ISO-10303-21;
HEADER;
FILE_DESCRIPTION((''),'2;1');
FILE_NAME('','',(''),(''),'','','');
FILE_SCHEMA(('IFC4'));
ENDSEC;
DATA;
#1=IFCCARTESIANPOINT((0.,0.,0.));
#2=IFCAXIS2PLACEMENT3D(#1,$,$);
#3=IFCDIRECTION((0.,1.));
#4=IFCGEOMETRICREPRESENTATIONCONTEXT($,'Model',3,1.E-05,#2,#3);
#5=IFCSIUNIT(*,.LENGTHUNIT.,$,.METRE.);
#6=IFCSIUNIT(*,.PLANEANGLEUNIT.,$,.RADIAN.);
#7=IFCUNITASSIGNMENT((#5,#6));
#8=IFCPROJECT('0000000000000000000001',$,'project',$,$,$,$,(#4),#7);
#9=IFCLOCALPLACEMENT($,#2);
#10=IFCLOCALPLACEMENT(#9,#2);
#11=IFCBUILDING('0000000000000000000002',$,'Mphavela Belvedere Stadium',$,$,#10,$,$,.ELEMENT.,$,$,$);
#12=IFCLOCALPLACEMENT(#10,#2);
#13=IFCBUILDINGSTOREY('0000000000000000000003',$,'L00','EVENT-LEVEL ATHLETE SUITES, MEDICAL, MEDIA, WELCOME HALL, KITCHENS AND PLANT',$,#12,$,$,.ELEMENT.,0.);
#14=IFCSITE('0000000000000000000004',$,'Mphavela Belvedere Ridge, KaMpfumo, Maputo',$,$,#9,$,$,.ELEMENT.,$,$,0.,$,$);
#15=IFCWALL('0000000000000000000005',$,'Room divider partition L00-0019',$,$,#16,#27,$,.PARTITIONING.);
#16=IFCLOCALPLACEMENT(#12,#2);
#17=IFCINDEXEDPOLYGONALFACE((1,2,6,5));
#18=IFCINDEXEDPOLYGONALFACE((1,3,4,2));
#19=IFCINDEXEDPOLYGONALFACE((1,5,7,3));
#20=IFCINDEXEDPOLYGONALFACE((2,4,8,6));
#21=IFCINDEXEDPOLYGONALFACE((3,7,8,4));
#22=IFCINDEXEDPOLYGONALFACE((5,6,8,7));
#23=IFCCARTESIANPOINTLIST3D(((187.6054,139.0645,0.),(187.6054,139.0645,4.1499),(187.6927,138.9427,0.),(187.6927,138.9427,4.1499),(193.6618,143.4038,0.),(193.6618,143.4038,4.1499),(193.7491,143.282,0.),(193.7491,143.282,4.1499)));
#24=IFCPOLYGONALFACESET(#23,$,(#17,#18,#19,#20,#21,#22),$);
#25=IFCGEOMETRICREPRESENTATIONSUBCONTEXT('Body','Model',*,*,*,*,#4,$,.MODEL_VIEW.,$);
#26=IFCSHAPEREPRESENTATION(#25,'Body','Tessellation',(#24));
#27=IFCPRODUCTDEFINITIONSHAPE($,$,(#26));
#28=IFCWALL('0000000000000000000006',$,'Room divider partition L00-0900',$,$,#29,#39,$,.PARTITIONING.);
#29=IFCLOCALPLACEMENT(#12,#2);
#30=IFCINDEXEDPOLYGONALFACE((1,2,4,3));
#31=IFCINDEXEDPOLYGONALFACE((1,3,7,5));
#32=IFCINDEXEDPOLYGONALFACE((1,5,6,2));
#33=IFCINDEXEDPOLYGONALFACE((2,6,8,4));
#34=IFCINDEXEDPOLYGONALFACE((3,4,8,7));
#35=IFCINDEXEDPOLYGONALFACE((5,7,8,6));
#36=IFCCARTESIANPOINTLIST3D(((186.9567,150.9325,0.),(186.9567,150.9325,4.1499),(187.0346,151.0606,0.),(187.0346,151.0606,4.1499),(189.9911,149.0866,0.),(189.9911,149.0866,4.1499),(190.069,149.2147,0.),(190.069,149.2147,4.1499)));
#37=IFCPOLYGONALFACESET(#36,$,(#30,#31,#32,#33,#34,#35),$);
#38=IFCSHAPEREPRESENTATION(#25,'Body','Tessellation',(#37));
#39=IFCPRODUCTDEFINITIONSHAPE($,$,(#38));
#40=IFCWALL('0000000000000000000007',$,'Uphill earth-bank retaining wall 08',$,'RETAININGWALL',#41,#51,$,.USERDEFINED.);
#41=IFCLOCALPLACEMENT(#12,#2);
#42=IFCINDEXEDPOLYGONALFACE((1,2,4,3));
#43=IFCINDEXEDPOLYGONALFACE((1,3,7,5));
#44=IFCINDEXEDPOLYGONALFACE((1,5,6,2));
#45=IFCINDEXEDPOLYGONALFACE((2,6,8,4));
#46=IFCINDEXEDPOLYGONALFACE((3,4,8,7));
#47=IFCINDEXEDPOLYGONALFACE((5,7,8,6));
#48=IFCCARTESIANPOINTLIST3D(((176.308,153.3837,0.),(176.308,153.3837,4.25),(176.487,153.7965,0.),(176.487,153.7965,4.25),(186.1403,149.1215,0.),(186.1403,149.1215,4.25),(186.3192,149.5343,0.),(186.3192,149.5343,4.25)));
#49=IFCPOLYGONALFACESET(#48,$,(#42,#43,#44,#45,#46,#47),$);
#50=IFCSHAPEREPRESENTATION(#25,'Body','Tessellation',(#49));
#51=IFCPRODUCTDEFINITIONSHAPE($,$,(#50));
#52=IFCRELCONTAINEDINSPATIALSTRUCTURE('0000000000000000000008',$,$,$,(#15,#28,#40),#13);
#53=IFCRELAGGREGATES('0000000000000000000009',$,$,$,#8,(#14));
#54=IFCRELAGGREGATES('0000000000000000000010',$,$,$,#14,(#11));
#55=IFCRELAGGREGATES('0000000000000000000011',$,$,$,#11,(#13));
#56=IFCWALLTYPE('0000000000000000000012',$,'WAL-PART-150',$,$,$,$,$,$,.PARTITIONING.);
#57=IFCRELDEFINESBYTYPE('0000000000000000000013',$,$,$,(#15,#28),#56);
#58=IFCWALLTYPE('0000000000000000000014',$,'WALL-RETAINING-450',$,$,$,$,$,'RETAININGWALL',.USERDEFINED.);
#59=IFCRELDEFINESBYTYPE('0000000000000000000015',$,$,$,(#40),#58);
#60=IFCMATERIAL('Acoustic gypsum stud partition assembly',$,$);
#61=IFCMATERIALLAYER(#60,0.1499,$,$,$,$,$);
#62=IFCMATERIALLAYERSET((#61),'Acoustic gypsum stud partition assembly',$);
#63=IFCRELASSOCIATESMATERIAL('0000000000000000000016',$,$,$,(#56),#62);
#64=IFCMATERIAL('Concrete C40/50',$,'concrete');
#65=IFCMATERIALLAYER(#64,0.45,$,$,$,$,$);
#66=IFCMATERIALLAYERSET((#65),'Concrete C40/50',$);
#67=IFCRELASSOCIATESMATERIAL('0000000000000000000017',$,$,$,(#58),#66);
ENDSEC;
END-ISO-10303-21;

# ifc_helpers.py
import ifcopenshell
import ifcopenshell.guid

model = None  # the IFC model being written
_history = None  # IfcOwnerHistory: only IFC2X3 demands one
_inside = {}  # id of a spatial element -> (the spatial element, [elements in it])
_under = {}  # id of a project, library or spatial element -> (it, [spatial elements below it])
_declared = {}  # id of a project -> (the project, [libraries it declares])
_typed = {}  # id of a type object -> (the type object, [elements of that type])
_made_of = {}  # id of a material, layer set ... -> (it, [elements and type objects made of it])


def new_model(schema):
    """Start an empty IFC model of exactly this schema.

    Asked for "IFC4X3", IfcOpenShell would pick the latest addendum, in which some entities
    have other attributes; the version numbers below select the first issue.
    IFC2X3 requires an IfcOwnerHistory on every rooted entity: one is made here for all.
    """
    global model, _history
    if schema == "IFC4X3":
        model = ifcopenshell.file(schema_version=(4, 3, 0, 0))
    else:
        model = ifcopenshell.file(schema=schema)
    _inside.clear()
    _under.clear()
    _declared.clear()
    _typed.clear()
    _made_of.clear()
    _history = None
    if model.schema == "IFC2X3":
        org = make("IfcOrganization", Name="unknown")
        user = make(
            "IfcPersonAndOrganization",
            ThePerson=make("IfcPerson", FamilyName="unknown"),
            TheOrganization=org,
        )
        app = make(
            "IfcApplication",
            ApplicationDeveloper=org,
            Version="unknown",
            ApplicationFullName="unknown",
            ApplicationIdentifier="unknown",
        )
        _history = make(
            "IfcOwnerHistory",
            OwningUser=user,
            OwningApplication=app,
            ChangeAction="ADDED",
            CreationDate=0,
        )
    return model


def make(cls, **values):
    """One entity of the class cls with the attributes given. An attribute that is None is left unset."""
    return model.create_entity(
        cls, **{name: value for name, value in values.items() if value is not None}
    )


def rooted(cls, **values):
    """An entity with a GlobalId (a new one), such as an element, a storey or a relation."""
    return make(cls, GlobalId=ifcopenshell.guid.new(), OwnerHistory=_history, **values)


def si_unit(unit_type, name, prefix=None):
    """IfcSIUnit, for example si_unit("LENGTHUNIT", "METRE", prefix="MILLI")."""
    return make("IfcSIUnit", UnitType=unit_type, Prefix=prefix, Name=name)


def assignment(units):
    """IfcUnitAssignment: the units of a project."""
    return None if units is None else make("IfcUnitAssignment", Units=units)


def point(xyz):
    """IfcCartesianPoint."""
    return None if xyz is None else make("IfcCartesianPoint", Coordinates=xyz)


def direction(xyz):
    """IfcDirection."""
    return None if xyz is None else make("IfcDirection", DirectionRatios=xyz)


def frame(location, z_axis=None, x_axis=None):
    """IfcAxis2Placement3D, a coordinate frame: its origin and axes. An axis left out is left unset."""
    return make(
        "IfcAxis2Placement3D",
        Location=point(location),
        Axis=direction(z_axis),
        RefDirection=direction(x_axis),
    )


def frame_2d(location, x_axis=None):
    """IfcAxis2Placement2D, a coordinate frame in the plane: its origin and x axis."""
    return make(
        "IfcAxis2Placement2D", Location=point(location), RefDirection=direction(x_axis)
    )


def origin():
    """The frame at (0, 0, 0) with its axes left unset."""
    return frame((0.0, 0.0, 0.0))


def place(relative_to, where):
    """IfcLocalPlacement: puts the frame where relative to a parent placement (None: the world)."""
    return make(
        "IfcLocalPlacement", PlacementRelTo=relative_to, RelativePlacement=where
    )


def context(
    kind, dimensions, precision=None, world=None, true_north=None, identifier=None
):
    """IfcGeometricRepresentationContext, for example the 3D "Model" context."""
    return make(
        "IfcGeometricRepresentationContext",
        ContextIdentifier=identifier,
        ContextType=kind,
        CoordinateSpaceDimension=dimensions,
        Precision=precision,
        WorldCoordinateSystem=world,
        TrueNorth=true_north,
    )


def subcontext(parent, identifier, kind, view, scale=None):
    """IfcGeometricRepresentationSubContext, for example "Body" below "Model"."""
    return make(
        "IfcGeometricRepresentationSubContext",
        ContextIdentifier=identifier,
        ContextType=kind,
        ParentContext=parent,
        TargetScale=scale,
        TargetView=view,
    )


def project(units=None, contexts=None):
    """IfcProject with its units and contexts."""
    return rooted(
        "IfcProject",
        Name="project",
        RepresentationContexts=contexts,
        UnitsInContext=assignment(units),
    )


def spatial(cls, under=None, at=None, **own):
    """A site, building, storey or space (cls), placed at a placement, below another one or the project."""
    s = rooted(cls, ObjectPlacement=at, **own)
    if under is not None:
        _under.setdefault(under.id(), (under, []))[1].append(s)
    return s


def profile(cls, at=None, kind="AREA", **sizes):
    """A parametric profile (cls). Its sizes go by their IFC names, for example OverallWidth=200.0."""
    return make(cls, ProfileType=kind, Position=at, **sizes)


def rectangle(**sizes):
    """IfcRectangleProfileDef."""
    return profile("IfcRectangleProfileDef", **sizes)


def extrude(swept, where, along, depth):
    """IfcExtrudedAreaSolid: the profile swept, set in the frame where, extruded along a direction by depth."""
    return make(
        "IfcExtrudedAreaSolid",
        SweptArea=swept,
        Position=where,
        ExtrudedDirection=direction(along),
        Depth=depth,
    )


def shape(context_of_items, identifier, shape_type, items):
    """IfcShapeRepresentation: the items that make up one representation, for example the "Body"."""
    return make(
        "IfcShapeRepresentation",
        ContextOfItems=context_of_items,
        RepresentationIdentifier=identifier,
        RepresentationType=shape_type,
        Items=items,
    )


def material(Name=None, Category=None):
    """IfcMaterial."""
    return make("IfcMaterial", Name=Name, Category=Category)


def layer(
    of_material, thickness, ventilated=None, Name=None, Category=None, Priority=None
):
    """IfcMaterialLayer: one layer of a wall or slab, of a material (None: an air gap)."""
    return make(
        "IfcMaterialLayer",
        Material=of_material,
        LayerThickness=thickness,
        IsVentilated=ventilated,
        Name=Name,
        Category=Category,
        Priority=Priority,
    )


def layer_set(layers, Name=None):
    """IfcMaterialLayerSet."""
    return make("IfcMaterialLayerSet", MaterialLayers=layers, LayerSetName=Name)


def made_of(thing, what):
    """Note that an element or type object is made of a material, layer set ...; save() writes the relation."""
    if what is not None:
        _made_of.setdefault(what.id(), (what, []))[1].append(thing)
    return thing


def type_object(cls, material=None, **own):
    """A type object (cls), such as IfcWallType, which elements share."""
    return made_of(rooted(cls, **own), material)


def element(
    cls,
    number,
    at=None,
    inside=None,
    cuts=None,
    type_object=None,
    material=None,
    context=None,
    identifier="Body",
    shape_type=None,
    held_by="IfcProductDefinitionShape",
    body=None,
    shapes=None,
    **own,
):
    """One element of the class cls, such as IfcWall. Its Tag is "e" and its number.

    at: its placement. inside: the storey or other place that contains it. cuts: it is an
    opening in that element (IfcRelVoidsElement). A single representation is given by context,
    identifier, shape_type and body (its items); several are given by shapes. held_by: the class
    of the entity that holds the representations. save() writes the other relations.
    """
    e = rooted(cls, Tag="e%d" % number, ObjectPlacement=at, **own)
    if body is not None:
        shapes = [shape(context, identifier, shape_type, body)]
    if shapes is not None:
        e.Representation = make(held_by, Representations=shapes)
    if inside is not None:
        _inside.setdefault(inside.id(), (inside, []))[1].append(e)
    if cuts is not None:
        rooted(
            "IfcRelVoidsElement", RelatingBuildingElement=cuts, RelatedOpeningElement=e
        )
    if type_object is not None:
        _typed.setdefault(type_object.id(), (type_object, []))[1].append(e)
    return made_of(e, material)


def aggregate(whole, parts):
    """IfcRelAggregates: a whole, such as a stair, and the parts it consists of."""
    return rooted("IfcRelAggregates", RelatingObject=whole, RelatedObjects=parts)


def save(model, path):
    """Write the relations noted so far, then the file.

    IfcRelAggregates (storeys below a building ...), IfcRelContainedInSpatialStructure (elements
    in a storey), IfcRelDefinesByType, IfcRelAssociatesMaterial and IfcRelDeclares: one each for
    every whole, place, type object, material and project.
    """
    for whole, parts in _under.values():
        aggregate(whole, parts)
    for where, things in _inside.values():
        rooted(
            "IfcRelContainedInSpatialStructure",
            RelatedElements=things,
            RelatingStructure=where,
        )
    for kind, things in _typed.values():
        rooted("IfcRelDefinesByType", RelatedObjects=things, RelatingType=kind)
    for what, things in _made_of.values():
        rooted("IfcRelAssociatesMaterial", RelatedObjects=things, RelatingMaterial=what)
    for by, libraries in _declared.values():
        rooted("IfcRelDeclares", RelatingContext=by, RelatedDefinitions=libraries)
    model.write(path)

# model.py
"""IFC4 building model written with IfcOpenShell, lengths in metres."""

from ifc_helpers import new_model, si_unit, direction, frame, frame_2d, origin, place, context, subcontext, project, spatial, rectangle, extrude, material, layer, layer_set, type_object, element, save


model = new_model("IFC4")

# Units and contexts
model_context = context("Model", 3, precision=1e-05, world=origin(), true_north=direction((0.0, 1.0)))
body_context = subcontext(model_context, "Body", "Model", "MODEL_VIEW")
ifc_project = project(units=[si_unit("LENGTHUNIT", "METRE"), si_unit("PLANEANGLEUNIT", "RADIAN")], contexts=[model_context])

# Site, building, storey
site_placement = place(None, origin())
site = spatial("IfcSite", under=ifc_project, at=site_placement, Name="Mphavela Belvedere Ridge, KaMpfumo, Maputo", CompositionType="ELEMENT", RefElevation=0.0)
building_placement = place(site_placement, origin())
building = spatial("IfcBuilding", under=site, at=building_placement, Name="Mphavela Belvedere Stadium", CompositionType="ELEMENT")
storey_placement = place(building_placement, origin())
storey = spatial("IfcBuildingStorey", under=building, at=storey_placement, Name="L00", Description="EVENT-LEVEL ATHLETE SUITES, MEDICAL, MEDIA, WELCOME HALL, KITCHENS AND PLANT", CompositionType="ELEMENT", Elevation=0.0)

# Shared definitions
ifc_material_1 = material(Name="Acoustic gypsum stud partition assembly")
ifc_layer_1 = layer(ifc_material_1, 0.1499)
ifc_layer_set_1 = layer_set([ifc_layer_1], Name="Acoustic gypsum stud partition assembly")
wall_type_1 = type_object("IfcWallType", Name="WAL-PART-150", PredefinedType="PARTITIONING", material=ifc_layer_set_1)

# Walls
wall_1_placement = place(storey_placement, frame((187.6492, 139.0037, 0.0), z_axis=(0.0, 0.0, 1.0), x_axis=(0.812885, 0.582425, 0.0)))
element("IfcWall", 1, at=wall_1_placement, inside=storey, type_object=wall_type_1, Name="Room divider partition L00-0019", PredefinedType="PARTITIONING", context=body_context, shape_type="SweptSolid", body=[
    extrude(rectangle(XDim=7.4504, YDim=0.1499, at=frame_2d((3.7251, 0.0))), origin(), (0.0, 0.0, 1.0), 4.1499),
])
wall_2_placement = place(storey_placement, frame((190.03, 149.1506, 0.0), z_axis=(0.0, 0.0, 1.0), x_axis=(-0.854335, 0.519722, 0.0)))
element("IfcWall", 2, at=wall_2_placement, inside=storey, type_object=wall_type_1, Name="Room divider partition L00-0900", PredefinedType="PARTITIONING", context=body_context, shape_type="SweptSolid", body=[
    extrude(rectangle(XDim=3.5518, YDim=0.1499, at=frame_2d((1.7759, 0.0))), origin(), (0.0, 0.0, 1.0), 4.1499),
])
ifc_material_2 = material(Name="Concrete C40/50", Category="concrete")
ifc_layer_2 = layer(ifc_material_2, 0.45)
ifc_layer_set_2 = layer_set([ifc_layer_2], Name="Concrete C40/50")
wall_type_2 = type_object("IfcWallType", Name="WALL-RETAINING-450", ElementType="RETAININGWALL", PredefinedType="USERDEFINED", material=ifc_layer_set_2)
wall_3_placement = place(storey_placement, frame((186.2297, 149.3279, 0.0), z_axis=(0.0, 0.0, 1.0), x_axis=(-0.917503, 0.39773, 0.0)))
element("IfcWall", 3, at=wall_3_placement, inside=storey, type_object=wall_type_2, Name="Uphill earth-bank retaining wall 08", ObjectType="RETAININGWALL", PredefinedType="USERDEFINED", context=body_context, shape_type="SweptSolid", body=[
    extrude(rectangle(XDim=10.7163, YDim=0.45, at=frame_2d((5.3582, 0.0))), origin(), (0.0, 0.0, 1.0), 4.25),
])

save(model, "model.ifc")
